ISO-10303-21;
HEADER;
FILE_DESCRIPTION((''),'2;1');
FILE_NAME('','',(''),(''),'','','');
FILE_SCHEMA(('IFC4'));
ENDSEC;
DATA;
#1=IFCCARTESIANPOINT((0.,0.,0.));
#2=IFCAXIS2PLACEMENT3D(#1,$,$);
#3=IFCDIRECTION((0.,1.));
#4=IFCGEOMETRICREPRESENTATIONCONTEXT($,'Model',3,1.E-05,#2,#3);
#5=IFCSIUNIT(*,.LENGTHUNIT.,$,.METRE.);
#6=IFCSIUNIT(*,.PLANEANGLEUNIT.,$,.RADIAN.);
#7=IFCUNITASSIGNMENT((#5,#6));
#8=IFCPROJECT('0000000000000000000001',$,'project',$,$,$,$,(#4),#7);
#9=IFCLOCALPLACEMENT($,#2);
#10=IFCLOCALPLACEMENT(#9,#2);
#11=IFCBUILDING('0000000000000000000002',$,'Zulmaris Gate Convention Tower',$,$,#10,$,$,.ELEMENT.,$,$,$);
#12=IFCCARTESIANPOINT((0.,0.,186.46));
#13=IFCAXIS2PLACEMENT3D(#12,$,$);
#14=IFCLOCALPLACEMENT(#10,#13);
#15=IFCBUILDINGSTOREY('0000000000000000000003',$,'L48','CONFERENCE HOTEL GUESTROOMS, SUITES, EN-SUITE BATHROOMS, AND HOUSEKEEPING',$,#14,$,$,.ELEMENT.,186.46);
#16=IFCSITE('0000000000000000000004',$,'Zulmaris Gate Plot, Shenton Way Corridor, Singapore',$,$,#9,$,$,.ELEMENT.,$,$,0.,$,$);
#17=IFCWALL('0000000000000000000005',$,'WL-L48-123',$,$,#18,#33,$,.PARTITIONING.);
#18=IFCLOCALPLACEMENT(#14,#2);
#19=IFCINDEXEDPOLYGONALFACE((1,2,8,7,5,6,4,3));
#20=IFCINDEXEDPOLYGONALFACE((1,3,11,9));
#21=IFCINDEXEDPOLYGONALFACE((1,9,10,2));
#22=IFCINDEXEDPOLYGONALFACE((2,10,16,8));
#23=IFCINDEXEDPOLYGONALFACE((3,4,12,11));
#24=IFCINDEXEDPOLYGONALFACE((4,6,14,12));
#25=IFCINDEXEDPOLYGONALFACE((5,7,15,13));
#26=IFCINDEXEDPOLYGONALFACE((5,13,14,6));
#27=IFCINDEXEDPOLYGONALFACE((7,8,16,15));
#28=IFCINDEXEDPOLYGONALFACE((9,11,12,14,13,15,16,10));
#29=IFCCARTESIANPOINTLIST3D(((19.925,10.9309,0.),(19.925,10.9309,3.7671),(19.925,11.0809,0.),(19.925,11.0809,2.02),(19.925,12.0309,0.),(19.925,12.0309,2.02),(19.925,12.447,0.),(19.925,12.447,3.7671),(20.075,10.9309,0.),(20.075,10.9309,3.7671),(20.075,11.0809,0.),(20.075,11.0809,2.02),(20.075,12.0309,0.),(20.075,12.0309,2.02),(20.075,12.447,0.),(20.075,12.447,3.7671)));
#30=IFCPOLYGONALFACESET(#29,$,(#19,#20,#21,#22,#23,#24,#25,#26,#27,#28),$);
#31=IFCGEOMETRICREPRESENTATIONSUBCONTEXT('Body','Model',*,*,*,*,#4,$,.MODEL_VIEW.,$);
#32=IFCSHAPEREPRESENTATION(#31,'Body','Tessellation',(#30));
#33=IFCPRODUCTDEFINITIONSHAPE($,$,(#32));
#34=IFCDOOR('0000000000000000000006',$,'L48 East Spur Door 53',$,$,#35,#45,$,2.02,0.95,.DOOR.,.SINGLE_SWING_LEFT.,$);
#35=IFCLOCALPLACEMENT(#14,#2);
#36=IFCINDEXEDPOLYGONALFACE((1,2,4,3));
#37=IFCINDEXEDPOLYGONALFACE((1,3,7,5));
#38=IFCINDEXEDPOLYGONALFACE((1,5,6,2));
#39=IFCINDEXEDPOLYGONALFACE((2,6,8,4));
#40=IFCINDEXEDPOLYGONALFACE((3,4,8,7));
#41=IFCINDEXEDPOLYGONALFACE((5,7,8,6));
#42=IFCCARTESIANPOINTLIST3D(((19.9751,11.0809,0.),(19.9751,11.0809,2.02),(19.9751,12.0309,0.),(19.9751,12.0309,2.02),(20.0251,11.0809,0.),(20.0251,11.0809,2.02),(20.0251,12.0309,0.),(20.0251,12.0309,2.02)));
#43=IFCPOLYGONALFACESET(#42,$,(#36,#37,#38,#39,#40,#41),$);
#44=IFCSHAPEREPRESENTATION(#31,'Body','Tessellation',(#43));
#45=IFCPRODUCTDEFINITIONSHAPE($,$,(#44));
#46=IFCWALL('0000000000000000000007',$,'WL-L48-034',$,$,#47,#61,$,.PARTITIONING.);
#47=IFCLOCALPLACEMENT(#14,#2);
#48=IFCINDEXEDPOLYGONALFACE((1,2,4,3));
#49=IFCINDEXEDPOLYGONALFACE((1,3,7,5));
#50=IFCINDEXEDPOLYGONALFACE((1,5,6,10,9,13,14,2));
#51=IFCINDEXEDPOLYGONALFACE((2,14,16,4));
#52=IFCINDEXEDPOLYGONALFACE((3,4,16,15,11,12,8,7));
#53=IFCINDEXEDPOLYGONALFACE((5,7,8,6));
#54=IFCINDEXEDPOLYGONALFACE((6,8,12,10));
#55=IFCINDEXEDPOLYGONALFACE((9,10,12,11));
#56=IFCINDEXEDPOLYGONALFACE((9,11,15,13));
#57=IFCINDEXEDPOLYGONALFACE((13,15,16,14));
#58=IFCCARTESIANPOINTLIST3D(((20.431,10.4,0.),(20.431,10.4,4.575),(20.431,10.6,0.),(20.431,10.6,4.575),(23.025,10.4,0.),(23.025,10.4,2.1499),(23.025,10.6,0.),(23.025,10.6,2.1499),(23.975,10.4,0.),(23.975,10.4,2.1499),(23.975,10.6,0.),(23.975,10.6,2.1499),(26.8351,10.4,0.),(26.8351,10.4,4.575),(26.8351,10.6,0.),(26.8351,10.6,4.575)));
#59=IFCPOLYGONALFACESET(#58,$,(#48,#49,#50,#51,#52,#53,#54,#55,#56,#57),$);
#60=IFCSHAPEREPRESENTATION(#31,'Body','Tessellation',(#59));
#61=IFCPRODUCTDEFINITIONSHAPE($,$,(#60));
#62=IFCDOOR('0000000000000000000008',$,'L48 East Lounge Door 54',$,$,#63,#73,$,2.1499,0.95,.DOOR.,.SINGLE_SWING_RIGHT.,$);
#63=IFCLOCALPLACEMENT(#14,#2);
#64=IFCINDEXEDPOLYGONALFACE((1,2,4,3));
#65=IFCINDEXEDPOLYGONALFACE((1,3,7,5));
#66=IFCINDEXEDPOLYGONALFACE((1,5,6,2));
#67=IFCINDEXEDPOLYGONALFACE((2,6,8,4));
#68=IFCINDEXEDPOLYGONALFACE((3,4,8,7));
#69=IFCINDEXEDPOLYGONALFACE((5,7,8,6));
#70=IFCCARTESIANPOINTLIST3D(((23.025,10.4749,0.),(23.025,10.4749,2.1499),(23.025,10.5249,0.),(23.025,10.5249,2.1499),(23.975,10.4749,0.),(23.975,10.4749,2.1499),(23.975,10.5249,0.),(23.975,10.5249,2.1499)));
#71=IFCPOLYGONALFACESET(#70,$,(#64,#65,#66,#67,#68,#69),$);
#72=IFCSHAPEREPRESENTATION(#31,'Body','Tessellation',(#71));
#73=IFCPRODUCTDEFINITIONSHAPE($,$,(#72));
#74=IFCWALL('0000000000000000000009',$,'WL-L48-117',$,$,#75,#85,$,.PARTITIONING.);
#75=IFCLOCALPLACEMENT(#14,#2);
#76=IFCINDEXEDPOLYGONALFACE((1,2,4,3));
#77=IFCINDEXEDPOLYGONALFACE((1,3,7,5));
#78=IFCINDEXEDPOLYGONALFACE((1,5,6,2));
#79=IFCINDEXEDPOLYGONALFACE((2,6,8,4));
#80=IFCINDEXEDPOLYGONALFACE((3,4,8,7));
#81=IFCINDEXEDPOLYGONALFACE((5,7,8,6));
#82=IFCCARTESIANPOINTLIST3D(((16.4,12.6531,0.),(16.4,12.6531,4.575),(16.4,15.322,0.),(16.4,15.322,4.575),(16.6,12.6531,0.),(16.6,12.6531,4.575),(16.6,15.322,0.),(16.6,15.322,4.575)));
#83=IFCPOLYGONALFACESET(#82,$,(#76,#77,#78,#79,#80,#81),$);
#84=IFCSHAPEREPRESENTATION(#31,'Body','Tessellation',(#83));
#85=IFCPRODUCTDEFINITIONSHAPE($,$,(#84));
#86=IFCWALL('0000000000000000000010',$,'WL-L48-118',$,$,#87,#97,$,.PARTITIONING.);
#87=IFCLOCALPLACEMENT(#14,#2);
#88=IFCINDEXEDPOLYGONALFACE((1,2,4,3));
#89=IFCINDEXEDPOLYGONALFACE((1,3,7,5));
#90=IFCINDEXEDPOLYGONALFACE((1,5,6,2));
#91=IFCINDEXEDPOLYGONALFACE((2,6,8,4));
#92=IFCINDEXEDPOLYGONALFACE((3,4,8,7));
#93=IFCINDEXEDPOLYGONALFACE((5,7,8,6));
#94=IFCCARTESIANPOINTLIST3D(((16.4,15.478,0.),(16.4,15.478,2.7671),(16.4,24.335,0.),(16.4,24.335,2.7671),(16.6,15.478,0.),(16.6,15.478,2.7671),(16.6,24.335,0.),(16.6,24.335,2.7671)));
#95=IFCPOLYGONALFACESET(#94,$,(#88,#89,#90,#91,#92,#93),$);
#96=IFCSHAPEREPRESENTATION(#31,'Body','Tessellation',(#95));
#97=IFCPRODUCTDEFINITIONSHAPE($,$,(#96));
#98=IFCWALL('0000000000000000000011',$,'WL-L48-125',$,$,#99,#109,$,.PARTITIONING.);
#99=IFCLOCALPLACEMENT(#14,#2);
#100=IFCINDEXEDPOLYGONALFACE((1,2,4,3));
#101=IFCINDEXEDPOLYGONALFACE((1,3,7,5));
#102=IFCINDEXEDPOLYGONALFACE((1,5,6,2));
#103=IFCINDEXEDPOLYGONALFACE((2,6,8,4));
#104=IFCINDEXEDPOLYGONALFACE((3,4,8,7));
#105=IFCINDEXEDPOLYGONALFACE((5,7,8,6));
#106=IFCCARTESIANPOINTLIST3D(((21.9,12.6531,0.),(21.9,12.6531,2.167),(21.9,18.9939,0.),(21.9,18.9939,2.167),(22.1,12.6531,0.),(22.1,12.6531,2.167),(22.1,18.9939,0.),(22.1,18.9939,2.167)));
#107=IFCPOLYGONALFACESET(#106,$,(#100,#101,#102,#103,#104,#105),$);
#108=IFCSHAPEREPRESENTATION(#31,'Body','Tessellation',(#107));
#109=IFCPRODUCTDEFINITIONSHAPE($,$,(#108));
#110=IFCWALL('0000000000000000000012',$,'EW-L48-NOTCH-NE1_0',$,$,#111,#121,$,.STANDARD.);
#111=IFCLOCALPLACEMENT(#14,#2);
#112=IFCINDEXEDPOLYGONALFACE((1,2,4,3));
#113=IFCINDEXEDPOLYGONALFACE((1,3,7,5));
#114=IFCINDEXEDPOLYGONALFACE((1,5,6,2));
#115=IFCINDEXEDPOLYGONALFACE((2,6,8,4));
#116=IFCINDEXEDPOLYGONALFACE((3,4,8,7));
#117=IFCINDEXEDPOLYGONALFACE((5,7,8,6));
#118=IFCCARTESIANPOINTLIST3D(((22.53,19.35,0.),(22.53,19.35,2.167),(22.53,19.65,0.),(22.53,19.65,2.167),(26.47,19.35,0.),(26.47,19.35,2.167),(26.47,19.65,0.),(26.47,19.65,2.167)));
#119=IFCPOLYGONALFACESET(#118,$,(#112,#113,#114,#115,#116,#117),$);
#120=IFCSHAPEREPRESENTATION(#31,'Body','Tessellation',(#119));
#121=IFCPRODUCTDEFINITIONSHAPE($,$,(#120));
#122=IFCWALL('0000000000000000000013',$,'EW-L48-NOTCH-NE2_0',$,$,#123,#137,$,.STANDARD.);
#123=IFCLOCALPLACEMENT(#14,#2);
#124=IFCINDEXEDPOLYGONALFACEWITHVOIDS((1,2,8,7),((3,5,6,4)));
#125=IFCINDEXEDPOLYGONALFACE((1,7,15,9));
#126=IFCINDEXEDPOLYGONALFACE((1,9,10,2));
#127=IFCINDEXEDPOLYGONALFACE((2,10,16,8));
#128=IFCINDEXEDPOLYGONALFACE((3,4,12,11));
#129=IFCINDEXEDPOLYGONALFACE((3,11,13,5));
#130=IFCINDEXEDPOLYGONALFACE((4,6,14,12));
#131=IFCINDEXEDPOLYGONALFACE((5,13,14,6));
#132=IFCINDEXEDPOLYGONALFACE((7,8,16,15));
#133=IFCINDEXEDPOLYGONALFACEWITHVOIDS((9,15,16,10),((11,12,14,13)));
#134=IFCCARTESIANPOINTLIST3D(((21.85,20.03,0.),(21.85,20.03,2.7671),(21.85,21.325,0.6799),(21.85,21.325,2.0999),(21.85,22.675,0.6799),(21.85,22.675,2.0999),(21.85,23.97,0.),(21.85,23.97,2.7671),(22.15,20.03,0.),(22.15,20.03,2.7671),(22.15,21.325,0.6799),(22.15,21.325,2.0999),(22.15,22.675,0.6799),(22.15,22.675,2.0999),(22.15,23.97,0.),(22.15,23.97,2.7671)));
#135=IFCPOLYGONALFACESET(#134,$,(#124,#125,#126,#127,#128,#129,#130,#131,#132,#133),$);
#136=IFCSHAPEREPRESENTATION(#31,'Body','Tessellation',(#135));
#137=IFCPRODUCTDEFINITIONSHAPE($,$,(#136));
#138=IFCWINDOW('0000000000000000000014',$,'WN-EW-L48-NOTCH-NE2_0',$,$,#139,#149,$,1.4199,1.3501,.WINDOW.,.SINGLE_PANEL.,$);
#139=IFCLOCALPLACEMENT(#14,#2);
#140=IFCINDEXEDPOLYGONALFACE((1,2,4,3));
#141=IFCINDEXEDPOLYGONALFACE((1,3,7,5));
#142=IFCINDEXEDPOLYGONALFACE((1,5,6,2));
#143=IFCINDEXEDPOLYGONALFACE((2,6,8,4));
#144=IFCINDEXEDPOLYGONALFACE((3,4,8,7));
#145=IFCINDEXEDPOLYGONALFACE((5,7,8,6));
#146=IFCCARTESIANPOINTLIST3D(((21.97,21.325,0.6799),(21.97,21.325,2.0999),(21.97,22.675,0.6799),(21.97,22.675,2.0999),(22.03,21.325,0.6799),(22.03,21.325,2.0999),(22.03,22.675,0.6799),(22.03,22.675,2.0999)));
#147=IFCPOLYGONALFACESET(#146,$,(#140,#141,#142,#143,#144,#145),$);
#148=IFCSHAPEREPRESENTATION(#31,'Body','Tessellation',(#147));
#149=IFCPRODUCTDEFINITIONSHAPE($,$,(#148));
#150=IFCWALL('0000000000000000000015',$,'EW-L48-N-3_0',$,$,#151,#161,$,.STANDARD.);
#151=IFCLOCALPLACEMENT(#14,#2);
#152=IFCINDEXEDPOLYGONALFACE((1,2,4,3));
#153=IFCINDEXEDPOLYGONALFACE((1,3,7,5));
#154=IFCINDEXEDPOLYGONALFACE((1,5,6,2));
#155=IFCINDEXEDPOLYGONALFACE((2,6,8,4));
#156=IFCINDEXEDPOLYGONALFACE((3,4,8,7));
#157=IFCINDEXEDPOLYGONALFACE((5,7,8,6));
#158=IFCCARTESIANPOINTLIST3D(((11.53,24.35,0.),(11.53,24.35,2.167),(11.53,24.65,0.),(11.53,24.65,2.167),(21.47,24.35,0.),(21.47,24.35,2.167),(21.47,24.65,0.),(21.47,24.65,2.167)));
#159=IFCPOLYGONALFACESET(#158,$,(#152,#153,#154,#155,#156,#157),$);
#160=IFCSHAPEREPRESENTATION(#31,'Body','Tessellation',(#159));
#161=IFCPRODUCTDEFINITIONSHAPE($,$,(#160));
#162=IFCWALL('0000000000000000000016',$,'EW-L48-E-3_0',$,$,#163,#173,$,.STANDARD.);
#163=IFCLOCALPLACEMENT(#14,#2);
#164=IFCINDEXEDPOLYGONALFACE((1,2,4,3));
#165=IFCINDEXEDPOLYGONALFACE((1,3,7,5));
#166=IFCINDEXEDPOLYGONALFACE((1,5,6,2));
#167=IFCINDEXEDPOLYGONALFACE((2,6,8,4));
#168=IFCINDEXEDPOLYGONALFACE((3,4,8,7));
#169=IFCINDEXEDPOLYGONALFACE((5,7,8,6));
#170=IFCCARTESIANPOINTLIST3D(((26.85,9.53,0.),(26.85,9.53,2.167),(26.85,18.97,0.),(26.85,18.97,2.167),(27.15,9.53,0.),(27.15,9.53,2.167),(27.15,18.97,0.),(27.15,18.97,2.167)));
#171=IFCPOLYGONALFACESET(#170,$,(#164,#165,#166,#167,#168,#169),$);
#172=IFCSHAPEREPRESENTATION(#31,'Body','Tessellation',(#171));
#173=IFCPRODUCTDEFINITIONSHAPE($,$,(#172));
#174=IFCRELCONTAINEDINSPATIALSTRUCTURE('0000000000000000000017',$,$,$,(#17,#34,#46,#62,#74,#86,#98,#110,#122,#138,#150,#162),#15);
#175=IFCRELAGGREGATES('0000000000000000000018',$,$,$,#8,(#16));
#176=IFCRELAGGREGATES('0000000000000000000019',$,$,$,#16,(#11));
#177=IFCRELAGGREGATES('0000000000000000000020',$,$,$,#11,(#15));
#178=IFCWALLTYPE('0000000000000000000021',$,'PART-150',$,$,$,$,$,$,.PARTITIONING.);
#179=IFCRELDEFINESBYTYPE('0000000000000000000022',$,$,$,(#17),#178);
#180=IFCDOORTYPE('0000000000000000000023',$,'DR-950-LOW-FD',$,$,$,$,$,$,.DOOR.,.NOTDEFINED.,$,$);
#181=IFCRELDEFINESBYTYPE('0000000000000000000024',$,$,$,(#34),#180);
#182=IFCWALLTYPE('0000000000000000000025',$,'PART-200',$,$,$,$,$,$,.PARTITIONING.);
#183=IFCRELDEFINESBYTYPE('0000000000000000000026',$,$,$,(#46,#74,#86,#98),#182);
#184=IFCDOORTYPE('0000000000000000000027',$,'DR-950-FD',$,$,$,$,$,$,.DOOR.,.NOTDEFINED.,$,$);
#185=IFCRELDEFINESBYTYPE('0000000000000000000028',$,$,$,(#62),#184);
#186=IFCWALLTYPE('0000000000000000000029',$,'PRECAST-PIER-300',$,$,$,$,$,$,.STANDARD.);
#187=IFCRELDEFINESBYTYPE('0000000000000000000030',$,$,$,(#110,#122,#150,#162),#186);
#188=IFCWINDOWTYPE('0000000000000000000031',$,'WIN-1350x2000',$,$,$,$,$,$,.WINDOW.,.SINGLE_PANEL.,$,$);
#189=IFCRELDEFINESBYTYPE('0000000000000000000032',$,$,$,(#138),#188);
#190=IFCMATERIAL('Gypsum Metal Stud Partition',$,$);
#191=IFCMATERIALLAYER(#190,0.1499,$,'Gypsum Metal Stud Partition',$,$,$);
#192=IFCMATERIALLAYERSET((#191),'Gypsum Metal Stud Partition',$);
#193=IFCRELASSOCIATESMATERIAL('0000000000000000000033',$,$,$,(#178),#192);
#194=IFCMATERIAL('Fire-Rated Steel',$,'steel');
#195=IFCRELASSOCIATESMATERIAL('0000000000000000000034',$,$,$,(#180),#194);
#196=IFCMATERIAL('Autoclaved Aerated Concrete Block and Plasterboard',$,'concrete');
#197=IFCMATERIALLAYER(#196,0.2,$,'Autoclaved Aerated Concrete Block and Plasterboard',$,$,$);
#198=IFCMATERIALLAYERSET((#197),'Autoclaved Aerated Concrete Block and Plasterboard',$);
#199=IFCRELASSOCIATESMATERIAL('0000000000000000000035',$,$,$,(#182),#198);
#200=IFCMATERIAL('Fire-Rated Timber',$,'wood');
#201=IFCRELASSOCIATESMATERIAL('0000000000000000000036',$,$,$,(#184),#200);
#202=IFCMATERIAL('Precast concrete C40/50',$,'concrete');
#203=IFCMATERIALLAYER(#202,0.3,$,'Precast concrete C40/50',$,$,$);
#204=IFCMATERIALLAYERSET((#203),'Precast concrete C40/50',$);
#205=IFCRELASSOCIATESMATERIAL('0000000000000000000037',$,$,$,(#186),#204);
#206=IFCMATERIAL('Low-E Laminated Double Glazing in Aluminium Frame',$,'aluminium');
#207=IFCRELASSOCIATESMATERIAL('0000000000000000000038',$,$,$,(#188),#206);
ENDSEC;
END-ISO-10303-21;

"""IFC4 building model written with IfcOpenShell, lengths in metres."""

from ifc_helpers import new_model, si_unit, direction, frame, frame_2d, origin, place, context, subcontext, project, spatial, rectangle, extrude, material, layer, layer_set, type_object, element, fill, save


model = new_model("IFC4")

# Units and contexts
model_context = context("Model", 3, precision=1e-05, world=origin(), true_north=direction((0.0, 1.0)))
body_context = subcontext(model_context, "Body", "Model", "MODEL_VIEW")
ifc_project = project(units=[si_unit("LENGTHUNIT", "METRE"), si_unit("PLANEANGLEUNIT", "RADIAN")], contexts=[model_context])

# Site, building, storey
site_placement = place(None, origin())
site = spatial("IfcSite", under=ifc_project, at=site_placement, Name="Zulmaris Gate Plot, Shenton Way Corridor, Singapore", CompositionType="ELEMENT", RefElevation=0.0)
building_placement = place(site_placement, origin())
building = spatial("IfcBuilding", under=site, at=building_placement, Name="Zulmaris Gate Convention Tower", CompositionType="ELEMENT")
storey_placement = place(building_placement, frame((0.0, 0.0, 186.46)))
storey = spatial("IfcBuildingStorey", under=building, at=storey_placement, Name="L48", Description="CONFERENCE HOTEL GUESTROOMS, SUITES, EN-SUITE BATHROOMS, AND HOUSEKEEPING", CompositionType="ELEMENT", Elevation=186.46)

# Shared definitions
ifc_material_1 = material(Name="Fire-Rated Steel", Category="steel")

# Shared definitions
ifc_material_2 = material(Name="Gypsum Metal Stud Partition")
ifc_layer_1 = layer(ifc_material_2, 0.1499, Name="Gypsum Metal Stud Partition")
ifc_layer_set_1 = layer_set([ifc_layer_1], Name="Gypsum Metal Stud Partition")
wall_type_1 = type_object("IfcWallType", Name="PART-150", PredefinedType="PARTITIONING", material=ifc_layer_set_1)

# Walls, openings, doors
wall_1_placement = place(storey_placement, frame((20.0, 10.9309, 0.0), z_axis=(0.0, 0.0, 1.0), x_axis=(0.0, 1.0, 0.0)))
wall_1 = element("IfcWall", 1, at=wall_1_placement, inside=storey, type_object=wall_type_1, Name="WL-L48-123", PredefinedType="PARTITIONING", context=body_context, shape_type="SweptSolid", body=[
    extrude(rectangle(XDim=1.5161, YDim=0.1499, at=frame_2d((0.7581, 0.0))), origin(), (0.0, 0.0, 1.0), 3.7671),
])
opening_1_placement = place(wall_1_placement, frame((0.1499, 0.0, 0.0)))
opening_1 = element("IfcOpeningElement", 2, at=opening_1_placement, cuts=wall_1, PredefinedType="OPENING", context=body_context, shape_type="SweptSolid", body=[
    extrude(rectangle(XDim=0.95, YDim=2.02, at=frame_2d((0.4751, 1.01))), frame((0.0, 0.085, 0.0), z_axis=(0.0, -1.0, 0.0), x_axis=(1.0, 0.0, 0.0)), (0.0, 0.0, 1.0), 0.1699),
])
door_type_1 = type_object("IfcDoorType", Name="DR-950-LOW-FD", OperationType="NOTDEFINED", PredefinedType="DOOR", material=ifc_material_1)
door_1_placement = place(opening_1_placement, origin())
door_1 = element("IfcDoor", 3, at=door_1_placement, inside=storey, type_object=door_type_1, Name="L48 East Spur Door 53", OperationType="SINGLE_SWING_LEFT", OverallHeight=2.02, OverallWidth=0.95, PredefinedType="DOOR", context=body_context, shape_type="SweptSolid", body=[
    extrude(rectangle(XDim=0.95, YDim=2.02, at=frame_2d((0.4751, 1.01))), frame((0.0, 0.0249, 0.0), z_axis=(0.0, -1.0, 0.0), x_axis=(1.0, 0.0, 0.0)), (0.0, 0.0, 1.0), 0.05),
])
fill(opening_1, door_1)
ifc_material_3 = material(Name="Autoclaved Aerated Concrete Block and Plasterboard", Category="concrete")
ifc_layer_2 = layer(ifc_material_3, 0.2, Name="Autoclaved Aerated Concrete Block and Plasterboard")
ifc_layer_set_2 = layer_set([ifc_layer_2], Name="Autoclaved Aerated Concrete Block and Plasterboard")
wall_type_2 = type_object("IfcWallType", Name="PART-200", PredefinedType="PARTITIONING", material=ifc_layer_set_2)
wall_2_placement = place(storey_placement, frame((20.4309, 10.5, 0.0), z_axis=(0.0, 0.0, 1.0), x_axis=(1.0, 0.0, 0.0)))
wall_2 = element("IfcWall", 4, at=wall_2_placement, inside=storey, type_object=wall_type_2, Name="WL-L48-034", PredefinedType="PARTITIONING", context=body_context, shape_type="SweptSolid", body=[
    extrude(rectangle(XDim=6.4041, YDim=0.2, at=frame_2d((3.2021, 0.0))), origin(), (0.0, 0.0, 1.0), 4.575),
])
opening_2_placement = place(wall_2_placement, frame((2.594, 0.0, 0.0)))
opening_2 = element("IfcOpeningElement", 5, at=opening_2_placement, cuts=wall_2, PredefinedType="OPENING", context=body_context, shape_type="SweptSolid", body=[
    extrude(rectangle(XDim=0.95, YDim=2.1499, at=frame_2d((0.4751, 1.075))), frame((0.0, 0.1099, 0.0), z_axis=(0.0, -1.0, 0.0), x_axis=(1.0, 0.0, 0.0)), (0.0, 0.0, 1.0), 0.22),
])
ifc_material_4 = material(Name="Fire-Rated Timber", Category="wood")
door_type_2 = type_object("IfcDoorType", Name="DR-950-FD", OperationType="NOTDEFINED", PredefinedType="DOOR", material=ifc_material_4)
door_2_placement = place(opening_2_placement, origin())
door_2 = element("IfcDoor", 6, at=door_2_placement, inside=storey, type_object=door_type_2, Name="L48 East Lounge Door 54", OperationType="SINGLE_SWING_RIGHT", OverallHeight=2.1499, OverallWidth=0.95, PredefinedType="DOOR", context=body_context, shape_type="SweptSolid", body=[
    extrude(rectangle(XDim=0.95, YDim=2.1499, at=frame_2d((0.4751, 1.075))), frame((0.0, 0.0249, 0.0), z_axis=(0.0, -1.0, 0.0), x_axis=(1.0, 0.0, 0.0)), (0.0, 0.0, 1.0), 0.05),
])
fill(opening_2, door_2)

# Walls
wall_3_placement = place(storey_placement, frame((16.5, 12.6531, 0.0), z_axis=(0.0, 0.0, 1.0), x_axis=(0.0, 1.0, 0.0)))
element("IfcWall", 7, at=wall_3_placement, inside=storey, type_object=wall_type_2, Name="WL-L48-117", PredefinedType="PARTITIONING", context=body_context, shape_type="SweptSolid", body=[
    extrude(rectangle(XDim=2.6689, YDim=0.2, at=frame_2d((1.3345, 0.0))), origin(), (0.0, 0.0, 1.0), 4.575),
])
wall_4_placement = place(storey_placement, frame((16.5, 15.478, 0.0), z_axis=(0.0, 0.0, 1.0), x_axis=(0.0, 1.0, 0.0)))
element("IfcWall", 8, at=wall_4_placement, inside=storey, type_object=wall_type_2, Name="WL-L48-118", PredefinedType="PARTITIONING", context=body_context, shape_type="SweptSolid", body=[
    extrude(rectangle(XDim=8.8569, YDim=0.2, at=frame_2d((4.4285, 0.0))), origin(), (0.0, 0.0, 1.0), 2.7671),
])
wall_5_placement = place(storey_placement, frame((22.0, 12.6531, 0.0), z_axis=(0.0, 0.0, 1.0), x_axis=(0.0, 1.0, 0.0)))
element("IfcWall", 9, at=wall_5_placement, inside=storey, type_object=wall_type_2, Name="WL-L48-125", PredefinedType="PARTITIONING", context=body_context, shape_type="SweptSolid", body=[
    extrude(rectangle(XDim=6.3408, YDim=0.2, at=frame_2d((3.1704, 0.0))), origin(), (0.0, 0.0, 1.0), 2.167),
])
ifc_material_5 = material(Name="Precast concrete C40/50", Category="concrete")
ifc_layer_3 = layer(ifc_material_5, 0.3, Name="Precast concrete C40/50")
ifc_layer_set_3 = layer_set([ifc_layer_3], Name="Precast concrete C40/50")
wall_type_3 = type_object("IfcWallType", Name="PRECAST-PIER-300", PredefinedType="STANDARD", material=ifc_layer_set_3)
wall_6_placement = place(storey_placement, frame((26.47, 19.5, 0.0), z_axis=(0.0, 0.0, 1.0), x_axis=(-1.0, 0.0, 0.0)))
element("IfcWall", 10, at=wall_6_placement, inside=storey, type_object=wall_type_3, Name="EW-L48-NOTCH-NE1_0", PredefinedType="STANDARD", context=body_context, shape_type="SweptSolid", body=[
    extrude(rectangle(XDim=3.9399, YDim=0.3, at=frame_2d((1.97, 0.0))), origin(), (0.0, 0.0, 1.0), 2.167),
])

# Wall, opening, window
wall_7_placement = place(storey_placement, frame((22.0, 20.03, 0.0), z_axis=(0.0, 0.0, 1.0), x_axis=(0.0, 1.0, 0.0)))
wall_7 = element("IfcWall", 11, at=wall_7_placement, inside=storey, type_object=wall_type_3, Name="EW-L48-NOTCH-NE2_0", PredefinedType="STANDARD", context=body_context, shape_type="SweptSolid", body=[
    extrude(rectangle(XDim=3.9399, YDim=0.3, at=frame_2d((1.97, 0.0))), origin(), (0.0, 0.0, 1.0), 2.7671),
])
opening_3_placement = place(wall_7_placement, frame((1.2949, 0.0, 0.6799)))
opening_3 = element("IfcOpeningElement", 12, at=opening_3_placement, cuts=wall_7, PredefinedType="OPENING", context=body_context, shape_type="SweptSolid", body=[
    extrude(rectangle(XDim=1.3501, YDim=1.4199, at=frame_2d((0.675, 0.71))), frame((0.0, 0.1602, 0.0), z_axis=(0.0, -1.0, 0.0), x_axis=(1.0, 0.0, 0.0)), (0.0, 0.0, 1.0), 0.3201),
])
ifc_material_6 = material(Name="Low-E Laminated Double Glazing in Aluminium Frame", Category="aluminium")
window_type = type_object("IfcWindowType", Name="WIN-1350x2000", PartitioningType="SINGLE_PANEL", PredefinedType="WINDOW", material=ifc_material_6)
window_placement = place(opening_3_placement, origin())
window = element("IfcWindow", 13, at=window_placement, inside=storey, type_object=window_type, Name="WN-EW-L48-NOTCH-NE2_0", OverallHeight=1.4199, OverallWidth=1.3501, PartitioningType="SINGLE_PANEL", PredefinedType="WINDOW", context=body_context, shape_type="SweptSolid", body=[
    extrude(rectangle(XDim=1.3501, YDim=1.4199, at=frame_2d((0.675, 0.71))), frame((0.0, 0.03, 0.0), z_axis=(0.0, -1.0, 0.0), x_axis=(1.0, 0.0, 0.0)), (0.0, 0.0, 1.0), 0.0601),
])
fill(opening_3, window)

# Walls
wall_8_placement = place(storey_placement, frame((21.47, 24.5, 0.0), z_axis=(0.0, 0.0, 1.0), x_axis=(-1.0, 0.0, 0.0)))
element("IfcWall", 14, at=wall_8_placement, inside=storey, type_object=wall_type_3, Name="EW-L48-N-3_0", PredefinedType="STANDARD", context=body_context, shape_type="SweptSolid", body=[
    extrude(rectangle(XDim=9.9399, YDim=0.3, at=frame_2d((4.97, 0.0))), origin(), (0.0, 0.0, 1.0), 2.167),
])
wall_9_placement = place(storey_placement, frame((27.0, 9.53, 0.0), z_axis=(0.0, 0.0, 1.0), x_axis=(0.0, 1.0, 0.0)))
element("IfcWall", 15, at=wall_9_placement, inside=storey, type_object=wall_type_3, Name="EW-L48-E-3_0", PredefinedType="STANDARD", context=body_context, shape_type="SweptSolid", body=[
    extrude(rectangle(XDim=9.4399, YDim=0.3, at=frame_2d((4.72, 0.0))), origin(), (0.0, 0.0, 1.0), 2.167),
])

save(model, "model.ifc")
